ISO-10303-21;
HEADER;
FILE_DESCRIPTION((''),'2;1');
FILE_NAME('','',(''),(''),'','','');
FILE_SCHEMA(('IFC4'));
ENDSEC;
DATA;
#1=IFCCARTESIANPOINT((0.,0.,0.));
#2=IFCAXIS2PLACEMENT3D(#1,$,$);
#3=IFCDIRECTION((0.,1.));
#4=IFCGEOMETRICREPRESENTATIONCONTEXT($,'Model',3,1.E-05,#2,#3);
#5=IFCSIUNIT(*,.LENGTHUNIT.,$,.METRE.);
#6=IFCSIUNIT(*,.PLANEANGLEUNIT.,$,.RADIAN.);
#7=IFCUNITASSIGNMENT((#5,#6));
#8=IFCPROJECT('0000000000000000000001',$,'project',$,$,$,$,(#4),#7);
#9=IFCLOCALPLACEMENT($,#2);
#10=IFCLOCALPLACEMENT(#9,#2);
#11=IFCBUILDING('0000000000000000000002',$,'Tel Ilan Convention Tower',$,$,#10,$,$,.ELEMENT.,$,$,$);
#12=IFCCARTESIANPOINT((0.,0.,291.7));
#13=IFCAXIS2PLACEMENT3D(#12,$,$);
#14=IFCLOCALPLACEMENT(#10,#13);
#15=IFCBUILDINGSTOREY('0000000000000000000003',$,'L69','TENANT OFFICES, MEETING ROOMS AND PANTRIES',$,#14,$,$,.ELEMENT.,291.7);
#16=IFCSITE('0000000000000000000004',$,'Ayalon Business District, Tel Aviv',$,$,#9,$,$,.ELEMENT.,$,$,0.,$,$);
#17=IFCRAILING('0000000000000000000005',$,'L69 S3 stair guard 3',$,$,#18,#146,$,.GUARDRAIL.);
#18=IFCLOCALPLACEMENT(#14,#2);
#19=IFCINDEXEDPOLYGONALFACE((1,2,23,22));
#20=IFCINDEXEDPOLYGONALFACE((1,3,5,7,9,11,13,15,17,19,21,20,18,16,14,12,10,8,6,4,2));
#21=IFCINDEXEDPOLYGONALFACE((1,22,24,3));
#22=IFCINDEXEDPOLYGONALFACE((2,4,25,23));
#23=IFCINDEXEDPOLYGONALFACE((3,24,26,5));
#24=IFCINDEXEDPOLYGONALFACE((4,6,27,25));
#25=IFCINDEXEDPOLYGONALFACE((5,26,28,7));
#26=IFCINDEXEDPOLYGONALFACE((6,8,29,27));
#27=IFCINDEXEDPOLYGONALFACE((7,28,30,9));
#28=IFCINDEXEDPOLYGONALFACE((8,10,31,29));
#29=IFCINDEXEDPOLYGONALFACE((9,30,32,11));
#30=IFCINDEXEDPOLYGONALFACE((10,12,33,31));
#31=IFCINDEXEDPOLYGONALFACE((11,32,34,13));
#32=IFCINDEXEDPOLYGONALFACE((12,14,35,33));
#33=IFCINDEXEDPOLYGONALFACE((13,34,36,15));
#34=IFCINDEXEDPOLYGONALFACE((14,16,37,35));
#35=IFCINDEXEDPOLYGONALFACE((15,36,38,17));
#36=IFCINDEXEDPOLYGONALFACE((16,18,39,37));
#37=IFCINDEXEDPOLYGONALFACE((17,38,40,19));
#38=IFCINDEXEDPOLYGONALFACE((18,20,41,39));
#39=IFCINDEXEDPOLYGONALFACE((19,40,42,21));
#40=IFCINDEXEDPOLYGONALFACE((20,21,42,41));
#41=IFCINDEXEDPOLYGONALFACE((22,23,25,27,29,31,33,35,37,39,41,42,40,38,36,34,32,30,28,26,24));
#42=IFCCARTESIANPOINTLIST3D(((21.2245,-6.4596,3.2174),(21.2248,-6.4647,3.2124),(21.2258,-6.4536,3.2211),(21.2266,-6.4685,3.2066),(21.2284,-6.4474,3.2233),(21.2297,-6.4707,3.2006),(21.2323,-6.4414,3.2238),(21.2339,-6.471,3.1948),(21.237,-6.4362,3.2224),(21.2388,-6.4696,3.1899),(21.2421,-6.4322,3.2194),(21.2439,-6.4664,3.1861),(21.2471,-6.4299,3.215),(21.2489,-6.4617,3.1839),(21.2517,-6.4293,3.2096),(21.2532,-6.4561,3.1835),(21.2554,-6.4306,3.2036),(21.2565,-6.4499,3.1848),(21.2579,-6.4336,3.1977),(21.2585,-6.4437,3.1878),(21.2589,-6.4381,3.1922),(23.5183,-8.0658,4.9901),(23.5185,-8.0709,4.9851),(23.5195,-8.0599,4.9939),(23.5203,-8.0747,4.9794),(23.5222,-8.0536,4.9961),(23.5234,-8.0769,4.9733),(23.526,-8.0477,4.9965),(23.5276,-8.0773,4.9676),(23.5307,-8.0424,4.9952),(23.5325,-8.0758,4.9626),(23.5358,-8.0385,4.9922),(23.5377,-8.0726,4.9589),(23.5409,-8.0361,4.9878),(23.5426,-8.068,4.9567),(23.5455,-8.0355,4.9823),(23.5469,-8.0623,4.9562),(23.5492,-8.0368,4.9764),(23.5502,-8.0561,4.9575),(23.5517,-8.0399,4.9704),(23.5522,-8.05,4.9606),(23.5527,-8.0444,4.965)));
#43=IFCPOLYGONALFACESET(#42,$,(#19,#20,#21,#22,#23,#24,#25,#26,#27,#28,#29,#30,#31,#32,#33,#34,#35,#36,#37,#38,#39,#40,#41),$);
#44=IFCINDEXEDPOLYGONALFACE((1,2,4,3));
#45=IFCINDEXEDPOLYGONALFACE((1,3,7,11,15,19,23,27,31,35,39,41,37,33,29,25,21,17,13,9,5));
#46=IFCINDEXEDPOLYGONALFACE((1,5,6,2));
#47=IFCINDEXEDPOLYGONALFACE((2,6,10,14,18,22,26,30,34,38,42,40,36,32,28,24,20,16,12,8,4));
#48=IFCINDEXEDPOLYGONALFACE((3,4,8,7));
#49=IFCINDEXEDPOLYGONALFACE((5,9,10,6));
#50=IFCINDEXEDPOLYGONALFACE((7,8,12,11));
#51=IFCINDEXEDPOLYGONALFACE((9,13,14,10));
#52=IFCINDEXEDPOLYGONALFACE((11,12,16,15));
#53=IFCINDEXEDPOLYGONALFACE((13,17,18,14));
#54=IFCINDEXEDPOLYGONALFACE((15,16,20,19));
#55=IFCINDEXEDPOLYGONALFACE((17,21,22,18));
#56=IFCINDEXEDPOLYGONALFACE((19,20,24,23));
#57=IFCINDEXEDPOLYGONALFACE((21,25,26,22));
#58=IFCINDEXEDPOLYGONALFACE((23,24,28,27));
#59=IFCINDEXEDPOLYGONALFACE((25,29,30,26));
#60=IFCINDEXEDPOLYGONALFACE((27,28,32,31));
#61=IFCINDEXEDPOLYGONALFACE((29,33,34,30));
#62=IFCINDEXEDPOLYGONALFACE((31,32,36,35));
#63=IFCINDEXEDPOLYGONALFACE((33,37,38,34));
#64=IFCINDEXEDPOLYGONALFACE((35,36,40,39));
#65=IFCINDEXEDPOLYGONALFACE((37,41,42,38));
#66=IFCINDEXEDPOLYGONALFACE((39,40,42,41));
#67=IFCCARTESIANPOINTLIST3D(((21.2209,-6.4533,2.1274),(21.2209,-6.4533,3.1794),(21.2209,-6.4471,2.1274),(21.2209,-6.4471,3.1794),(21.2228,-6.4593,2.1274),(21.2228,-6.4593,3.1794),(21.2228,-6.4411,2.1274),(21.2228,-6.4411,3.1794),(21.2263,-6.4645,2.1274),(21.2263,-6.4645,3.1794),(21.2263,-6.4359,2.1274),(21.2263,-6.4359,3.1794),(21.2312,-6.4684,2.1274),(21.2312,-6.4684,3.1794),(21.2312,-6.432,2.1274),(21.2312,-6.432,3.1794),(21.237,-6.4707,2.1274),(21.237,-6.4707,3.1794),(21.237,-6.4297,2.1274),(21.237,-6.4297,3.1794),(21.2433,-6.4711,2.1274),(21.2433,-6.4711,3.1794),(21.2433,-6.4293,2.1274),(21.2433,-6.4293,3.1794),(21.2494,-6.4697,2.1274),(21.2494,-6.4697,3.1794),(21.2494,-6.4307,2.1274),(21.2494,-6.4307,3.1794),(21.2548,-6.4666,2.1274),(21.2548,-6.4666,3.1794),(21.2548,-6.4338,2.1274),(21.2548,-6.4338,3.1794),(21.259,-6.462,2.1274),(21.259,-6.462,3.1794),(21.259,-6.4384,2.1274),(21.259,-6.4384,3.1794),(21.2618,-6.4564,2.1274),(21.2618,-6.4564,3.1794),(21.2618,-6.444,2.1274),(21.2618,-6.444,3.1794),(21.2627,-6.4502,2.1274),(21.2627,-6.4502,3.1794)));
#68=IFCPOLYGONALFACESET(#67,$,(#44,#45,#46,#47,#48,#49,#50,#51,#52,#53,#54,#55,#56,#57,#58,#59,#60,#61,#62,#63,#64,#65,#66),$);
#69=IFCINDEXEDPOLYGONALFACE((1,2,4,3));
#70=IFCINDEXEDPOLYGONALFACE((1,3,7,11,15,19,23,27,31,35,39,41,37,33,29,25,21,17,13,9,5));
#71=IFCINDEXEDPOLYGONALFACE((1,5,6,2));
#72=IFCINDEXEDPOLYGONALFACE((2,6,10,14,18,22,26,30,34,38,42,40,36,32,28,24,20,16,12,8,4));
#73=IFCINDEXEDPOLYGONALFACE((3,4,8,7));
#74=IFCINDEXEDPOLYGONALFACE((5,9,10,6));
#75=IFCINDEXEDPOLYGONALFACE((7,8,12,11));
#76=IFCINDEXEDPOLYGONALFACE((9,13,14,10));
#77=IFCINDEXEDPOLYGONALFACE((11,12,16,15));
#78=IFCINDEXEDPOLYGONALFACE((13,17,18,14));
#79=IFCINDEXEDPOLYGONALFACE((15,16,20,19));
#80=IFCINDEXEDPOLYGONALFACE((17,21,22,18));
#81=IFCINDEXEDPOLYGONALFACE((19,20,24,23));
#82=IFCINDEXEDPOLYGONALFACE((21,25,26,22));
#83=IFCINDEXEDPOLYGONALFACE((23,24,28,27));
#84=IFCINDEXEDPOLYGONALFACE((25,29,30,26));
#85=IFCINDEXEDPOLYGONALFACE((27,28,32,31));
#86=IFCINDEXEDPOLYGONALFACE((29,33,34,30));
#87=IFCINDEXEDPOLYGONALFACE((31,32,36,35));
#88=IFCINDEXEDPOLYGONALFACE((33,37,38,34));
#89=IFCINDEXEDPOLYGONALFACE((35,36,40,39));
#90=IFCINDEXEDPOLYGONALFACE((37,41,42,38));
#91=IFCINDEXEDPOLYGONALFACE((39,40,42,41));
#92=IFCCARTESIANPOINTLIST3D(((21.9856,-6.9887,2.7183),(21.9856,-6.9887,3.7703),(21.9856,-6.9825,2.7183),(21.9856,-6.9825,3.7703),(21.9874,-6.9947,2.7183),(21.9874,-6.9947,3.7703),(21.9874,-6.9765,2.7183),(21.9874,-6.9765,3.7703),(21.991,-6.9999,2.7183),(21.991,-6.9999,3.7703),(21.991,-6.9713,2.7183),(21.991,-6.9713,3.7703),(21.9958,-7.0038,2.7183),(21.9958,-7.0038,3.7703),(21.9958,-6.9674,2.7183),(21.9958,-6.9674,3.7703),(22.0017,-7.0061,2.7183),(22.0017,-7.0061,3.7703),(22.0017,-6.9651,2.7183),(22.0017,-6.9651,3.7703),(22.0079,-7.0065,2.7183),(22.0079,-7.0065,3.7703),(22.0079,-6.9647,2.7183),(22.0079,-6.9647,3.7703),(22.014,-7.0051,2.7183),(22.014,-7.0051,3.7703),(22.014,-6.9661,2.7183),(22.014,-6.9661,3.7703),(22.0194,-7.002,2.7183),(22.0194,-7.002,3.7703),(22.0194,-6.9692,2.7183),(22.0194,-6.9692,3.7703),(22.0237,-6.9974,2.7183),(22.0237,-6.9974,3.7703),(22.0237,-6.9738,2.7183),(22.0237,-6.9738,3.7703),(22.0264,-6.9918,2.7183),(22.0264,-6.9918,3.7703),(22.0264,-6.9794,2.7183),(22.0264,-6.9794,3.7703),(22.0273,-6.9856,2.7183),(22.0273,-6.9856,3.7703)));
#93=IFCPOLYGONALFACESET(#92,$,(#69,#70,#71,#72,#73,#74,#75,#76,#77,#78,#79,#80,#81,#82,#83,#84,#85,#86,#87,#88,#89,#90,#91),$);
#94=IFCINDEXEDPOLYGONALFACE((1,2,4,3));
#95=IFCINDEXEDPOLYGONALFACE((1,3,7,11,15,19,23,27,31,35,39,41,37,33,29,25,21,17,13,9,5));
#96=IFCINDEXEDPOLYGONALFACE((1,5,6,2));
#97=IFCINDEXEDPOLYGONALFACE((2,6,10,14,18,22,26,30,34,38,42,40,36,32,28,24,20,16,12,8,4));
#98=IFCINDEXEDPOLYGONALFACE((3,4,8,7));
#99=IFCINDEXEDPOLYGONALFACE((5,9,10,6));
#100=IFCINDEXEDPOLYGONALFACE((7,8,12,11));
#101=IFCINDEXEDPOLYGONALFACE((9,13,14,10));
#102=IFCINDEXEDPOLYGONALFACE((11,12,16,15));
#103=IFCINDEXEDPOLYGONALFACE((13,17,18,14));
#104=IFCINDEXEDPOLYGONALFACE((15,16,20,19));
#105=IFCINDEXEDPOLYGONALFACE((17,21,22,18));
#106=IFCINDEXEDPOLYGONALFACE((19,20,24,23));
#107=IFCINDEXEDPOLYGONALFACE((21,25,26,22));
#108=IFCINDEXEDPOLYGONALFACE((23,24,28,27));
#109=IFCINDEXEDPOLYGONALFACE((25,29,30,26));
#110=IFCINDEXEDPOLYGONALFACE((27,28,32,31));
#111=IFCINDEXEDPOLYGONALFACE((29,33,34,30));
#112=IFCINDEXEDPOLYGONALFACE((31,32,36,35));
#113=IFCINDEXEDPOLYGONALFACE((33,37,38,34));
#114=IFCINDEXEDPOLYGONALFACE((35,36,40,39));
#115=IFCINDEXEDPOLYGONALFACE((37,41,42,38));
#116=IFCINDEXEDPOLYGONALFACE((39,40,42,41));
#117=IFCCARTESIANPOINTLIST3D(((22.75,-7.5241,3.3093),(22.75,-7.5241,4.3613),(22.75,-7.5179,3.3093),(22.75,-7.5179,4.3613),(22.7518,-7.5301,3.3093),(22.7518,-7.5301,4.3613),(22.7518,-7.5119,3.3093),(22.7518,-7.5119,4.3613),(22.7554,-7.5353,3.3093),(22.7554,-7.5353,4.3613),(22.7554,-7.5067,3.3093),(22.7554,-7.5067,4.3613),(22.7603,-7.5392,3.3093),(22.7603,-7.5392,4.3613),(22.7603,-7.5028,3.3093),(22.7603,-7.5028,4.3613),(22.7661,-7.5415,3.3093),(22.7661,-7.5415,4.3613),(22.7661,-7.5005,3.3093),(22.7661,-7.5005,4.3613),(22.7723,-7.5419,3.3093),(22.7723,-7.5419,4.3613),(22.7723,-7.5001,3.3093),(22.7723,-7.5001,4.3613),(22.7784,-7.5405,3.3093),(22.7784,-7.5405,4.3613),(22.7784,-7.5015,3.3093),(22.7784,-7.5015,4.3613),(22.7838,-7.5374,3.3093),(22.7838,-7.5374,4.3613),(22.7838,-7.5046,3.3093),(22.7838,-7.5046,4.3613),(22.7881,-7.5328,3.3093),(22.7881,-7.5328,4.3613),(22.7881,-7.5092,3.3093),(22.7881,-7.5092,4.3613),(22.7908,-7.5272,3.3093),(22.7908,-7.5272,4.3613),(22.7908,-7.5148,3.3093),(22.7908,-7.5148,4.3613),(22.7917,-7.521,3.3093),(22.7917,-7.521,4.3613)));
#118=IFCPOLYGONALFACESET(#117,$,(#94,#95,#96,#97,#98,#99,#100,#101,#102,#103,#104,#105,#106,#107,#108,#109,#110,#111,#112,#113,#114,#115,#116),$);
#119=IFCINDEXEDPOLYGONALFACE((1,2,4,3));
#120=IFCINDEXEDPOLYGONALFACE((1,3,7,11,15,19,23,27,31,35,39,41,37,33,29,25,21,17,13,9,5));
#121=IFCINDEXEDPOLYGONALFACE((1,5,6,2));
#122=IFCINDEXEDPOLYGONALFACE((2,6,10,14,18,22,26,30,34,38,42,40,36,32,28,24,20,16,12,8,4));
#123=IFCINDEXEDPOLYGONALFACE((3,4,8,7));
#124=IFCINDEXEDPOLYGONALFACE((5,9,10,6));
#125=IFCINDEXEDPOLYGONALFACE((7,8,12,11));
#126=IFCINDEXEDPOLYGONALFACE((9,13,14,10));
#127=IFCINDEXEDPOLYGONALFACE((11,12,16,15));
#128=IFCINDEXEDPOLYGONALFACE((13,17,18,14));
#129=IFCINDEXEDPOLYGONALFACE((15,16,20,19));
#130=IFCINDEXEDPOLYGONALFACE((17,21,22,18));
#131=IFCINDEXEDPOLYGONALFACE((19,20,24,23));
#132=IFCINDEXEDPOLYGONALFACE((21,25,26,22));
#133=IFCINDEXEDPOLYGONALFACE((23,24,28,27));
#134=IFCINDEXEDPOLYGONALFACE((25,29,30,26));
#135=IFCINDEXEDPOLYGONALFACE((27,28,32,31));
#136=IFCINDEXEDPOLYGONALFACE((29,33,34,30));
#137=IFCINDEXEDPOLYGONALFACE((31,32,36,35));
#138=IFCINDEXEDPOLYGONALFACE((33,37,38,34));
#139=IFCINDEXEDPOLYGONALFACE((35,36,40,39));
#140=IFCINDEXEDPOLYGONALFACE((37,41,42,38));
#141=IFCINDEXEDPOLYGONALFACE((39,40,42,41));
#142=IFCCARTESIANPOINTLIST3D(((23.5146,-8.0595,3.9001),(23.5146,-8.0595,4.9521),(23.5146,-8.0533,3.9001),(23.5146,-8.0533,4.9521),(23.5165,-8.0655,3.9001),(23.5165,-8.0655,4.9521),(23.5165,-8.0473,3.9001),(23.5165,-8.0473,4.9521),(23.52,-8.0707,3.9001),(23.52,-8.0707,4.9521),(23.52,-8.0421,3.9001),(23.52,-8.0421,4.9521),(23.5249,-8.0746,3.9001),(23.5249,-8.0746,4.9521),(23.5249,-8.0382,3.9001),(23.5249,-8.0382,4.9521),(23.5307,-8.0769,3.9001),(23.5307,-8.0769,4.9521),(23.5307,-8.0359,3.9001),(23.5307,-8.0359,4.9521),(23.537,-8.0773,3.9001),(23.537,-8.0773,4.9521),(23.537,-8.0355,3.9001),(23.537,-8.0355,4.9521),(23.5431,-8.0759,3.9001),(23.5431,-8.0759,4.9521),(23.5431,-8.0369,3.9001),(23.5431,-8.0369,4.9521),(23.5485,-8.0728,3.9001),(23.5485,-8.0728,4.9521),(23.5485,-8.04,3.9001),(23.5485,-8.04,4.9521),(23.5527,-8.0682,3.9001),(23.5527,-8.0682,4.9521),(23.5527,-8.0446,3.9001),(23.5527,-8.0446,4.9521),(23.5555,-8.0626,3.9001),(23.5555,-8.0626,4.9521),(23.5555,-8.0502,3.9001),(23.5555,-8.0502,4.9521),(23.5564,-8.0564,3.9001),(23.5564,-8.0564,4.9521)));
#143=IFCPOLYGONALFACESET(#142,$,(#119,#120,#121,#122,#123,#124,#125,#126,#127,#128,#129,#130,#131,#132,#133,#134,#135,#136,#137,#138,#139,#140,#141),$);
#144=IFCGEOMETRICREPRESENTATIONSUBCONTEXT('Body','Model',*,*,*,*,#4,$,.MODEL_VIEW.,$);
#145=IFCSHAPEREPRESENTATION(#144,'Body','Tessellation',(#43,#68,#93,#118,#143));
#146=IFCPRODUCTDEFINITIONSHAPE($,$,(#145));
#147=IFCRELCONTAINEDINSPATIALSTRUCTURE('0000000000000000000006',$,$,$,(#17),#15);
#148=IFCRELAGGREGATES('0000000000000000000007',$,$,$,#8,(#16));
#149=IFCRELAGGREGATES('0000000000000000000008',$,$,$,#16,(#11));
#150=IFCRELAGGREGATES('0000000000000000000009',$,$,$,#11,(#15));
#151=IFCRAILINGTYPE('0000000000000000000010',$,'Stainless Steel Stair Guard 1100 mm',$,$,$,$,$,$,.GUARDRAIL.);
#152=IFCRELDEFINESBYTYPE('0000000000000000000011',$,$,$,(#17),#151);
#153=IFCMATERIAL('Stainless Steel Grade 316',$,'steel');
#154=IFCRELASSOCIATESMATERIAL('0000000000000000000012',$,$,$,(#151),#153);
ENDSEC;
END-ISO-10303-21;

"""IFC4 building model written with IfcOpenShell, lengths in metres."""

from ifc_helpers import new_model, si_unit, direction, frame, origin, origin_2d, place, context, subcontext, project, spatial, circle, extrude, material, type_object, element, save


model = new_model("IFC4")

# Units and contexts
model_context = context("Model", 3, precision=1e-05, world=origin(), true_north=direction((0.0, 1.0)))
body_context = subcontext(model_context, "Body", "Model", "MODEL_VIEW")
ifc_project = project(units=[si_unit("LENGTHUNIT", "METRE"), si_unit("PLANEANGLEUNIT", "RADIAN")], contexts=[model_context])

# Site, building, storey
site_placement = place(None, origin())
site = spatial("IfcSite", under=ifc_project, at=site_placement, Name="Ayalon Business District, Tel Aviv", CompositionType="ELEMENT", RefElevation=0.0)
building_placement = place(site_placement, origin())
building = spatial("IfcBuilding", under=site, at=building_placement, Name="Tel Ilan Convention Tower", CompositionType="ELEMENT")
storey_placement = place(building_placement, frame((0.0, 0.0, 291.7)))
storey = spatial("IfcBuildingStorey", under=building, at=storey_placement, Name="L69", Description="TENANT OFFICES, MEETING ROOMS AND PANTRIES", CompositionType="ELEMENT", Elevation=291.7)

# Railing
ifc_material_1 = material(Name="Stainless Steel Grade 316", Category="steel")
railing_type_1 = type_object("IfcRailingType", Name="Stainless Steel Stair Guard 1100 mm", PredefinedType="GUARDRAIL", material=ifc_material_1)
railing_1_placement = place(storey_placement, frame((21.2417, -6.4502, 2.1274)))
element("IfcRailing", 1, at=railing_1_placement, inside=storey, type_object=railing_type_1, Name="L69 S3 stair guard 3", PredefinedType="GUARDRAIL", context=body_context, shape_type="SweptSolid", body=[
    extrude(circle(Radius=0.0239, at=origin_2d()), frame((0.0, 0.0, 1.0762), z_axis=(0.692098, -0.484653, 0.534894), x_axis=(0.573609, 0.81913, 0.0)), (0.0, 0.0, 1.0), 3.3142),
    extrude(circle(Radius=0.021, at=origin_2d()), origin(), (0.0, 0.0, 1.0), 1.052),
    extrude(circle(Radius=0.021, at=origin_2d()), frame((0.7646, -0.5354, 0.5908)), (0.0, 0.0, 1.0), 1.052),
    extrude(circle(Radius=0.021, at=origin_2d()), frame((1.5291, -1.0708, 1.1819)), (0.0, 0.0, 1.0), 1.052),
    extrude(circle(Radius=0.021, at=origin_2d()), frame((2.2937, -1.6062, 1.7727)), (0.0, 0.0, 1.0), 1.052),
])

save(model, "model.ifc")
